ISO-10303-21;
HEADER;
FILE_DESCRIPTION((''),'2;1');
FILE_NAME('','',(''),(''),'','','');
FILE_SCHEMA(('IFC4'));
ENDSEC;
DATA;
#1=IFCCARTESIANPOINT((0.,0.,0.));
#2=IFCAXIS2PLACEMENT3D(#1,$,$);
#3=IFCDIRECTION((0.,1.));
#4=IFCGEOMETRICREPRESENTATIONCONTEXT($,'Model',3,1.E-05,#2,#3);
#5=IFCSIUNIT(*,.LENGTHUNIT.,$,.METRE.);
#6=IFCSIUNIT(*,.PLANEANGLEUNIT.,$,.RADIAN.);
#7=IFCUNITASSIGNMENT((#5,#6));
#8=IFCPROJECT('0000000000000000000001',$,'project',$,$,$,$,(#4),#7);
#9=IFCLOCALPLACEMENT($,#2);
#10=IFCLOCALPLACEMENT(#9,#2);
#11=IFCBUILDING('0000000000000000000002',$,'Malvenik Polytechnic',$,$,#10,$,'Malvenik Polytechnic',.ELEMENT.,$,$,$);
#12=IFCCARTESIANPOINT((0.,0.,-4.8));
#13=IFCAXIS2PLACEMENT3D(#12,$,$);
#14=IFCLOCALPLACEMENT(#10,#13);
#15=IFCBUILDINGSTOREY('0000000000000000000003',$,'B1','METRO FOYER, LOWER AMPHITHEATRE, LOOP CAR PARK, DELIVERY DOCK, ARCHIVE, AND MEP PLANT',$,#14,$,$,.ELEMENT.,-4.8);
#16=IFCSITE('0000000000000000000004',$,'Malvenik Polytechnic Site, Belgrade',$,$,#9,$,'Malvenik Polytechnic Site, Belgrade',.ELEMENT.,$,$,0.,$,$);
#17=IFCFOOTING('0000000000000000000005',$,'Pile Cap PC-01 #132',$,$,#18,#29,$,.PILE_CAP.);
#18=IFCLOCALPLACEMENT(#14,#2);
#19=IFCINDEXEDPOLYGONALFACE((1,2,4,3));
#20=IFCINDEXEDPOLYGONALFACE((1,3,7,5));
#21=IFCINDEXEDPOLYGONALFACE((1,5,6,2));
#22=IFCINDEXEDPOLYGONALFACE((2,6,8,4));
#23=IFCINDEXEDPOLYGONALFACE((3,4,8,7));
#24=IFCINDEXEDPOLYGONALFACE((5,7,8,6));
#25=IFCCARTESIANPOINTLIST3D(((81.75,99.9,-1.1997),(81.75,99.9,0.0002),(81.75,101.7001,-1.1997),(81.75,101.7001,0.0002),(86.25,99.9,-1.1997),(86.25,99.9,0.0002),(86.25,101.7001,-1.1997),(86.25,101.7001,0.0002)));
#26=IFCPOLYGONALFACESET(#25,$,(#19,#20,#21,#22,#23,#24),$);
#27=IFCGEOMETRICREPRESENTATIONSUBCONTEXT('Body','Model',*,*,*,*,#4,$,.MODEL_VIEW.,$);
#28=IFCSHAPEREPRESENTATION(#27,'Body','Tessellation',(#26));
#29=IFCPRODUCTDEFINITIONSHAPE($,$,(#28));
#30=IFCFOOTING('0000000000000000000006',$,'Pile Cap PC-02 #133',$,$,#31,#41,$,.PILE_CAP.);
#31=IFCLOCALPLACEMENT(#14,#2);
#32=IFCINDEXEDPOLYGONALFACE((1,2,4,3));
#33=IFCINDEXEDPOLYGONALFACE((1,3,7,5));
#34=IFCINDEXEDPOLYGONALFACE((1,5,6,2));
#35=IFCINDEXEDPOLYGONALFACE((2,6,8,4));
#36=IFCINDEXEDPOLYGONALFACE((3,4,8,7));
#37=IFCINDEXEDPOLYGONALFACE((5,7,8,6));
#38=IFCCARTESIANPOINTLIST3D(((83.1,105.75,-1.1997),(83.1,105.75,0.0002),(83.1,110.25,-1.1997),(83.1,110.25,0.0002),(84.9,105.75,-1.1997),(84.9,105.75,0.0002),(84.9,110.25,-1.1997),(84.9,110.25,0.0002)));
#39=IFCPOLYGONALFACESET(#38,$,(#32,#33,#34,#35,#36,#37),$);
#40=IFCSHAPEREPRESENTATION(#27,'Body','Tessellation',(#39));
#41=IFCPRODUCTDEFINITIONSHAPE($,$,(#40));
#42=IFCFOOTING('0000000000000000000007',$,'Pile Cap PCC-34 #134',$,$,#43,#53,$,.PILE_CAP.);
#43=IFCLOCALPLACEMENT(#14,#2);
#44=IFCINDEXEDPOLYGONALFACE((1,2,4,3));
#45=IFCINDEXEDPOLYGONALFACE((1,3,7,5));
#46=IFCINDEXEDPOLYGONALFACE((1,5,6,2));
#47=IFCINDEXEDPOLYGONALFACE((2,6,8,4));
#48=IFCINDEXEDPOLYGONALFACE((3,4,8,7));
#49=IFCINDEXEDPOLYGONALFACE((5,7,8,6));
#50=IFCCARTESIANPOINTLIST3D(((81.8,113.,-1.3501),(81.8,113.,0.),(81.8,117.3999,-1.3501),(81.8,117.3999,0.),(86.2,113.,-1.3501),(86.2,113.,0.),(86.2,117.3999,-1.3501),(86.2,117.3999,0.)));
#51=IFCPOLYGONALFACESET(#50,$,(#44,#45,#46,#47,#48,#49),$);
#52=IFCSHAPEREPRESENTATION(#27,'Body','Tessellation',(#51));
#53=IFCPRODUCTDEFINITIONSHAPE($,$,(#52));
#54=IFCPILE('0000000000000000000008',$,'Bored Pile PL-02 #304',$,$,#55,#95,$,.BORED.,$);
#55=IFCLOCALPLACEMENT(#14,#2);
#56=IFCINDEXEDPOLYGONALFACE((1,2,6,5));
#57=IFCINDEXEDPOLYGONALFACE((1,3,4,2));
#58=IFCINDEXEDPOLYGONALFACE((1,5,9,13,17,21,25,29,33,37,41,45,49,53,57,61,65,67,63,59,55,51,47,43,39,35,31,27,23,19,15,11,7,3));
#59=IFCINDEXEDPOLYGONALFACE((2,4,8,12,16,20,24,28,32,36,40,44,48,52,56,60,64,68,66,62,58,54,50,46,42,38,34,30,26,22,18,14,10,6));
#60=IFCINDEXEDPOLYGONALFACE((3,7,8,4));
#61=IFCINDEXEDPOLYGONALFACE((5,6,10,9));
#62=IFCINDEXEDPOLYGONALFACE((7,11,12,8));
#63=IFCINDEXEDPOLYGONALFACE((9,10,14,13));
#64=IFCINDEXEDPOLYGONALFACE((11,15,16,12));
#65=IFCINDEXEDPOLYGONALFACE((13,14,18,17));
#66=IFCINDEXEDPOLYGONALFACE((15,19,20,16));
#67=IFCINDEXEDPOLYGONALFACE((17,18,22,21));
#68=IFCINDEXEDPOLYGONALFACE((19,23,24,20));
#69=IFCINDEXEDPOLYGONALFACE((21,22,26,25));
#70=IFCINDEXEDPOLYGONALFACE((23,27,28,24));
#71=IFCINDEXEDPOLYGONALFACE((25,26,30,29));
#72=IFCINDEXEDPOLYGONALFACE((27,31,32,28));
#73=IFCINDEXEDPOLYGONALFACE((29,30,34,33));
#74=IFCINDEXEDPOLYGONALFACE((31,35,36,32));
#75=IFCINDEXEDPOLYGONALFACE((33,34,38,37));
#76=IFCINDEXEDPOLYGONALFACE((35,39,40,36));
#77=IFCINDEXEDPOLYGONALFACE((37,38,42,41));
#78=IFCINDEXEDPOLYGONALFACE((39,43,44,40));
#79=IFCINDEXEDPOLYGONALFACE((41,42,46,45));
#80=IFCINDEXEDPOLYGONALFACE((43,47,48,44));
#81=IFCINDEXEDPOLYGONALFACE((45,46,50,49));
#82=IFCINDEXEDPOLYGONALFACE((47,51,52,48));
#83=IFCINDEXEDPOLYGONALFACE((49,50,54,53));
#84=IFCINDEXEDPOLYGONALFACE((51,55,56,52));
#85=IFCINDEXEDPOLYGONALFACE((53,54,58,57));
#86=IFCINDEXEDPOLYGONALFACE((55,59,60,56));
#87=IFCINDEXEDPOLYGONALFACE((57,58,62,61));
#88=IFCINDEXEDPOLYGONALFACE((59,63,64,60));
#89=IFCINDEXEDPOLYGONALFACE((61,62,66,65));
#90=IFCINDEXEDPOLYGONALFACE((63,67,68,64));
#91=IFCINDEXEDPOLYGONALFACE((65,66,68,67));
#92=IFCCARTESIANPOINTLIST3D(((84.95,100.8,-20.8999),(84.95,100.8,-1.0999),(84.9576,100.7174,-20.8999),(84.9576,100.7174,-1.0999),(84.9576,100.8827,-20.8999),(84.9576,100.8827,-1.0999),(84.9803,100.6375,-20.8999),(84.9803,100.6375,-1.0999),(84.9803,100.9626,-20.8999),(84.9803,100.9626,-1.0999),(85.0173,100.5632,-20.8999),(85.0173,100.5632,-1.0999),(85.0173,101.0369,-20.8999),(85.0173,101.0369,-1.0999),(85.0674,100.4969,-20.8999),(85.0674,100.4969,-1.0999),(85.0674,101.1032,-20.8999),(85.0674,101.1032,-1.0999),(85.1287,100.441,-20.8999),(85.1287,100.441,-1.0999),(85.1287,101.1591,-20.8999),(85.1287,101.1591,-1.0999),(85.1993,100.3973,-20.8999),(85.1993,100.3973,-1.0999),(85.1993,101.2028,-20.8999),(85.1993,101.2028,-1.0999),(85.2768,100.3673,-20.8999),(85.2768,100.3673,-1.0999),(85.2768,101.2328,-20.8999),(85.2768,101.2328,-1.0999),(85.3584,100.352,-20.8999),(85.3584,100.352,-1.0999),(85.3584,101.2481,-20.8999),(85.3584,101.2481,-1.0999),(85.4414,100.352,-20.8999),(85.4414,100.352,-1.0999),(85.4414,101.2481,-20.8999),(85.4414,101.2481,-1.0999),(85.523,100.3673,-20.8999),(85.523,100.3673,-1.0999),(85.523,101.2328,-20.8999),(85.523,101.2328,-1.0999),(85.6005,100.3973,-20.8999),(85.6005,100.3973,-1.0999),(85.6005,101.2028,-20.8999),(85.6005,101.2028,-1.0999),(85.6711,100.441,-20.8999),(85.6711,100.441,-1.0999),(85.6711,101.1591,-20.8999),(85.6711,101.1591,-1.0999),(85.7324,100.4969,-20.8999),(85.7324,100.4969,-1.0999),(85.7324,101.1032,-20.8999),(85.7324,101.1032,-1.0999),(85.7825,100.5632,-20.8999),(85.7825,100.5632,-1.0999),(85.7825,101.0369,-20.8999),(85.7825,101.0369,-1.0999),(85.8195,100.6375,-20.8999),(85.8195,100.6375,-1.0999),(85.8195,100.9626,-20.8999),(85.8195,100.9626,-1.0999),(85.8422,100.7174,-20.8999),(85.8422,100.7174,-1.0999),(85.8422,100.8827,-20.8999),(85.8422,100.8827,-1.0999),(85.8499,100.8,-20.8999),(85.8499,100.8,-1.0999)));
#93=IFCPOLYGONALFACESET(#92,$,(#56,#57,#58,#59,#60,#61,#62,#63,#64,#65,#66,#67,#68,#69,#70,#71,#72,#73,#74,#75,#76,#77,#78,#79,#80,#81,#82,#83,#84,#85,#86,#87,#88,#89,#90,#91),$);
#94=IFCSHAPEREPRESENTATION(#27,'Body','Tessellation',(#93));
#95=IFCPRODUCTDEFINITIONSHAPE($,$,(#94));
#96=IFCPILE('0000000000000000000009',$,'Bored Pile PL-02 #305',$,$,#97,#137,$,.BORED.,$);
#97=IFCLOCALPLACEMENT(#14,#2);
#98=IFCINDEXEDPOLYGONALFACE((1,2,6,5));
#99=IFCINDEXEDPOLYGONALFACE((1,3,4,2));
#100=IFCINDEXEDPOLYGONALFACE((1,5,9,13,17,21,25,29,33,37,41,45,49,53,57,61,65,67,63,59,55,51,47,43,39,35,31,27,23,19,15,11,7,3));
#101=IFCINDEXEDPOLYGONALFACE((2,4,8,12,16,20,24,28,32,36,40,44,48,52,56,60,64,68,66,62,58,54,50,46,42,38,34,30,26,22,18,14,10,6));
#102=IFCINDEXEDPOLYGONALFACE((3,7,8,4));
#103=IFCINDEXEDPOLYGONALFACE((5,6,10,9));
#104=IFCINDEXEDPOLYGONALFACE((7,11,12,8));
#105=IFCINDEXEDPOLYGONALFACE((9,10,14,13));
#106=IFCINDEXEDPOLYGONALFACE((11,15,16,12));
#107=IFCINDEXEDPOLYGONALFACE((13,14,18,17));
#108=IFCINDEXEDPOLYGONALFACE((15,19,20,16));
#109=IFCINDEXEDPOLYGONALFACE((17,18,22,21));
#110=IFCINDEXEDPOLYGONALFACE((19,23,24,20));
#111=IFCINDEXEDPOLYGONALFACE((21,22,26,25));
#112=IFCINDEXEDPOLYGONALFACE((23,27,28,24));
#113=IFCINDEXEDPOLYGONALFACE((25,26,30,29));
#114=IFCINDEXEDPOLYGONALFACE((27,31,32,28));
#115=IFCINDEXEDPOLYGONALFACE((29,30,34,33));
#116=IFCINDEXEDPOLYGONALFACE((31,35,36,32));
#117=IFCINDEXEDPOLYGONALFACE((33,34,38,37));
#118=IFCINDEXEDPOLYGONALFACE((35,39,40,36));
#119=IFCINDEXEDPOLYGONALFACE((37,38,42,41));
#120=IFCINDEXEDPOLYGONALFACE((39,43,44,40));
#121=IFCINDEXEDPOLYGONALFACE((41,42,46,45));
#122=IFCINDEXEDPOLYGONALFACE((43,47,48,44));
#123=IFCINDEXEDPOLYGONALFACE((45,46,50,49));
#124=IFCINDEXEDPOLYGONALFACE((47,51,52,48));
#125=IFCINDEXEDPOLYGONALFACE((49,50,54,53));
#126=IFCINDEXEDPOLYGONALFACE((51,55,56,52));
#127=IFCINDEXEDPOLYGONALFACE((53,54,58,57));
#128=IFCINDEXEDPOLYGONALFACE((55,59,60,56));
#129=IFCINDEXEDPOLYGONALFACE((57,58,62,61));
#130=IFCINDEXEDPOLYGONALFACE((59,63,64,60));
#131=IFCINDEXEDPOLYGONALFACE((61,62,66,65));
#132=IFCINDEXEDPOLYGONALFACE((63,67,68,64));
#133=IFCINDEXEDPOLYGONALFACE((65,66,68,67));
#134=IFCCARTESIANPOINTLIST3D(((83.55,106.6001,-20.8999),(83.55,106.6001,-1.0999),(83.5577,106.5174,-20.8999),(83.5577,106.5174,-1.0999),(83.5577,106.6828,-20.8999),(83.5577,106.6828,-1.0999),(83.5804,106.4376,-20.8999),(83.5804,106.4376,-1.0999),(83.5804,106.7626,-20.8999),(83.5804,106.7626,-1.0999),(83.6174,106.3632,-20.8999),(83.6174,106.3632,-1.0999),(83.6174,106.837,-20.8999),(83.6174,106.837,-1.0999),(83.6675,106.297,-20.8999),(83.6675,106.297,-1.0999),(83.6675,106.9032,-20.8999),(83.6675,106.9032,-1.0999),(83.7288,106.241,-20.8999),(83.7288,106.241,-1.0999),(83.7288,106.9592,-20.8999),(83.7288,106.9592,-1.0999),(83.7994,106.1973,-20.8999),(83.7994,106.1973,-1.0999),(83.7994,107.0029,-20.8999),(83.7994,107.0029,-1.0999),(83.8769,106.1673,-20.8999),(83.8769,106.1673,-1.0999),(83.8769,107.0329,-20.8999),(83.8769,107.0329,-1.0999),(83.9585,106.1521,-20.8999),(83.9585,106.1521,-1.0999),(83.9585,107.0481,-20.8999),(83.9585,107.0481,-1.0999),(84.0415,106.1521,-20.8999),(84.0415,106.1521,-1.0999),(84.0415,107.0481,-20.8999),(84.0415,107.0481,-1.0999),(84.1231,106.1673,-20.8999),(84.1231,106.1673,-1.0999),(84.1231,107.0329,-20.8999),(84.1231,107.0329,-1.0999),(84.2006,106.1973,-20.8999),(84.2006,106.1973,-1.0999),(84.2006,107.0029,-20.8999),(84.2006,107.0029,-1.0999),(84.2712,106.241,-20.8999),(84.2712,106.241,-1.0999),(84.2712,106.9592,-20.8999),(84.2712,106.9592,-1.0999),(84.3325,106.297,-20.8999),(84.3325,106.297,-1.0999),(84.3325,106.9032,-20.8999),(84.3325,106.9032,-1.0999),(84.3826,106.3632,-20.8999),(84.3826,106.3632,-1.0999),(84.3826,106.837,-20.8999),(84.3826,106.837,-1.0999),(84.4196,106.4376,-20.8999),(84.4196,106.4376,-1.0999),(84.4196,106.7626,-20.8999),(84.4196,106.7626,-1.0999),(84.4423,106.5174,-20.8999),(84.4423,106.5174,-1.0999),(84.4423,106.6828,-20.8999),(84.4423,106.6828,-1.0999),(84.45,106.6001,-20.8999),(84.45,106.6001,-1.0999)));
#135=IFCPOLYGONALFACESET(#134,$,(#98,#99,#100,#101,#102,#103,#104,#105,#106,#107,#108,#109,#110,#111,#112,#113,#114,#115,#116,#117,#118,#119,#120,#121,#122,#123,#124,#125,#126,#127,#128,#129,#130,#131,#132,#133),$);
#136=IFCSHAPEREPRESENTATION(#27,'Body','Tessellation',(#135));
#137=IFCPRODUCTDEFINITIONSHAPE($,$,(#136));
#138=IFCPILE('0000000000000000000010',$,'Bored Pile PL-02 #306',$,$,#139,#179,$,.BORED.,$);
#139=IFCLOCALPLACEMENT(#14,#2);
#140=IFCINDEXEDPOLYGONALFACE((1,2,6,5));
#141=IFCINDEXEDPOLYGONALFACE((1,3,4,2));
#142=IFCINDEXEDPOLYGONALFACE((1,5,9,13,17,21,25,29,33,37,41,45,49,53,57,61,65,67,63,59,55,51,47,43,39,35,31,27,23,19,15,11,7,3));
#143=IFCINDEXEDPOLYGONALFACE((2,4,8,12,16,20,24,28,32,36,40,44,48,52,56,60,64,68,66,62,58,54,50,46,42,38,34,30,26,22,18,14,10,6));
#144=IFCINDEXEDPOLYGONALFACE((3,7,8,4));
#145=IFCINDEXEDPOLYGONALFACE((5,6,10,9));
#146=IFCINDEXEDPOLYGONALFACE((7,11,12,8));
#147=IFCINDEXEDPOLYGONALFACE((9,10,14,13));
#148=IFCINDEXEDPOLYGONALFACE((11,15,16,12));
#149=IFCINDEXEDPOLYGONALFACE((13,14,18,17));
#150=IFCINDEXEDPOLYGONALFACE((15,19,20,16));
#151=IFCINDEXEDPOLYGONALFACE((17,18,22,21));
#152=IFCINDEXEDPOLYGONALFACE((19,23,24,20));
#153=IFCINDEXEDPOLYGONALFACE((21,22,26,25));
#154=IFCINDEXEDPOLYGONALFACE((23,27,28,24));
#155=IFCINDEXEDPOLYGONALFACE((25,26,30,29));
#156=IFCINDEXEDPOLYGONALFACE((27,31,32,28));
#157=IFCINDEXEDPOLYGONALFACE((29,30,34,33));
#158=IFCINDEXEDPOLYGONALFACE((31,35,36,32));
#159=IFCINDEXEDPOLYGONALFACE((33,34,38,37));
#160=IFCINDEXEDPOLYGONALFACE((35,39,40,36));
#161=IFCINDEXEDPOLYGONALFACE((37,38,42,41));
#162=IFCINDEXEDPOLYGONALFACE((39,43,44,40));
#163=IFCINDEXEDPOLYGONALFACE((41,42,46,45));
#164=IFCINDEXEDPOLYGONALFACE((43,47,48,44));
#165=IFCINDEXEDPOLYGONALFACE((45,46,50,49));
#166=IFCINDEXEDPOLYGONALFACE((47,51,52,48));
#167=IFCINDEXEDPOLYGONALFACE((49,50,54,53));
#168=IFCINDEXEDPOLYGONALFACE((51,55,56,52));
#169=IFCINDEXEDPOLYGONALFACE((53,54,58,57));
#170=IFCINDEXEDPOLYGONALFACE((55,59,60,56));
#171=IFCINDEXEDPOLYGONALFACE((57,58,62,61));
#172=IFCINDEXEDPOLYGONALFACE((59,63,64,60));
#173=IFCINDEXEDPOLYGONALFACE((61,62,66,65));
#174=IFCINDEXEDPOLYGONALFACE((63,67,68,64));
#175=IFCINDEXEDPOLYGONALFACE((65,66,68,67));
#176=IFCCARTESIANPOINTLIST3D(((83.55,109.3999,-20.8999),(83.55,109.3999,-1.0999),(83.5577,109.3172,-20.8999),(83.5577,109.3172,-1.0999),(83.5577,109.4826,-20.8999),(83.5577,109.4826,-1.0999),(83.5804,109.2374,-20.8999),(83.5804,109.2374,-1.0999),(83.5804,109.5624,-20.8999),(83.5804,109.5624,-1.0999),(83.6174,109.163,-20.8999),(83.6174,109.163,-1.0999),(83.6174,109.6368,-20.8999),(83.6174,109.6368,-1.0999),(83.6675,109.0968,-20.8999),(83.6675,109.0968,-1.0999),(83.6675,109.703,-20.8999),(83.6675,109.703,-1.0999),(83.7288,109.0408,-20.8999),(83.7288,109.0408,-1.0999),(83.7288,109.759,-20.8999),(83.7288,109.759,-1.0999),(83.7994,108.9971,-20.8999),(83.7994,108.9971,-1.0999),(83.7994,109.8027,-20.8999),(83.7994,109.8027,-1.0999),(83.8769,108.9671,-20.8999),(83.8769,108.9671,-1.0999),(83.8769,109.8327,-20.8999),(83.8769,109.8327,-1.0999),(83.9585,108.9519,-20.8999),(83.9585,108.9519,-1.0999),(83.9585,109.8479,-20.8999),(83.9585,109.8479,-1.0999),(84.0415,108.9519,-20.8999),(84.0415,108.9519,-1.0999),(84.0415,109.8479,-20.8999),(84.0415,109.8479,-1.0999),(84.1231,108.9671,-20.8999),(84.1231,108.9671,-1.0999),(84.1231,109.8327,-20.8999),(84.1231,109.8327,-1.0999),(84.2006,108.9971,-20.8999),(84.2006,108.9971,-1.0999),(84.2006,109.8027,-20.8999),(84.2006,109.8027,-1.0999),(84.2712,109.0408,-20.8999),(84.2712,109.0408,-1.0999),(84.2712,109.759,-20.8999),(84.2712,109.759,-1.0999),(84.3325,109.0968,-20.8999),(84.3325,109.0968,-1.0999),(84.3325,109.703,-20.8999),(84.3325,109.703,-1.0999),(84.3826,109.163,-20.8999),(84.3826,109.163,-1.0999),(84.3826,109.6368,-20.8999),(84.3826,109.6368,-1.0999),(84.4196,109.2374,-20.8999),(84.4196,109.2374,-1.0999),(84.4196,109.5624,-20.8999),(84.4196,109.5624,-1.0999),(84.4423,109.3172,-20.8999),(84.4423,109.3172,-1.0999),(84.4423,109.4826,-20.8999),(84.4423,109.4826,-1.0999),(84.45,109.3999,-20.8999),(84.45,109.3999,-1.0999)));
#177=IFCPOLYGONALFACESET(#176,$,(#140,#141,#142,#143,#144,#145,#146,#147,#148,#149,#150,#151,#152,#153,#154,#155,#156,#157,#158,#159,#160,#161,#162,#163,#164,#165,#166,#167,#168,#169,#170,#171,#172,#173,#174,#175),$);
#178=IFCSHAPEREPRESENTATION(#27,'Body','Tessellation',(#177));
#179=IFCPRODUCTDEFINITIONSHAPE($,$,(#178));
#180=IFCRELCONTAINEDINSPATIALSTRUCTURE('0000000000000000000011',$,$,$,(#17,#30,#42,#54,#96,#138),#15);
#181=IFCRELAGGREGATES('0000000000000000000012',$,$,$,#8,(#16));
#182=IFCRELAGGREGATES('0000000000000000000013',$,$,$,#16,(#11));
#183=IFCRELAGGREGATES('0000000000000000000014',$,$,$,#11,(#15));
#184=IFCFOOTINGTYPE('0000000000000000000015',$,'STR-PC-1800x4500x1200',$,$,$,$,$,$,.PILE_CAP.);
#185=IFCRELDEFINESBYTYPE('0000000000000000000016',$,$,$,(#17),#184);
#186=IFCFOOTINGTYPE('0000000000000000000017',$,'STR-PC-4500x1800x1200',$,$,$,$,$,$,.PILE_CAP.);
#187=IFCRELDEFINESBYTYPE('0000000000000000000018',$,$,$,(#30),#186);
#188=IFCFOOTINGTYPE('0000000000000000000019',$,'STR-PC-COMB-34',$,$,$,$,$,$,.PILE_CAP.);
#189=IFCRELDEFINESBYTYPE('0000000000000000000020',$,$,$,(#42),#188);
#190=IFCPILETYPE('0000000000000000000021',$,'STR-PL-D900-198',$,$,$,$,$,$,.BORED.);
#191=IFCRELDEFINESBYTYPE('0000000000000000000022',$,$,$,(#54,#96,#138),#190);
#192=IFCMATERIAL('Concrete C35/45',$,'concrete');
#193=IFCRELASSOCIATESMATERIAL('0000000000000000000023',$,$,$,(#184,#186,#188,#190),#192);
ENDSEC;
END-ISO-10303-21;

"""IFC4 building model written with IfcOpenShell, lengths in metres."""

from ifc_helpers import new_model, si_unit, direction, frame, origin, origin_2d, place, context, subcontext, project, spatial, rectangle, circle, extrude, material, material_profile, profile_set, type_object, element, save


model = new_model("IFC4")

# Units and contexts
model_context = context("Model", 3, precision=1e-05, world=origin(), true_north=direction((0.0, 1.0)))
body_context = subcontext(model_context, "Body", "Model", "MODEL_VIEW")
ifc_project = project(units=[si_unit("LENGTHUNIT", "METRE"), si_unit("PLANEANGLEUNIT", "RADIAN")], contexts=[model_context])

# Site, building, storey
site_placement = place(None, origin())
site = spatial("IfcSite", under=ifc_project, at=site_placement, Name="Malvenik Polytechnic Site, Belgrade", LongName="Malvenik Polytechnic Site, Belgrade", CompositionType="ELEMENT", RefElevation=0.0)
building_placement = place(site_placement, origin())
building = spatial("IfcBuilding", under=site, at=building_placement, Name="Malvenik Polytechnic", LongName="Malvenik Polytechnic", CompositionType="ELEMENT")
storey_placement = place(building_placement, frame((0.0, 0.0, -4.8)))
storey = spatial("IfcBuildingStorey", under=building, at=storey_placement, Name="B1", Description="METRO FOYER, LOWER AMPHITHEATRE, LOOP CAR PARK, DELIVERY DOCK, ARCHIVE, AND MEP PLANT", CompositionType="ELEMENT", Elevation=-4.8)

# Footings
ifc_material_1 = material(Name="Concrete C35/45", Category="concrete")
footing_type_1 = type_object("IfcFootingType", Name="STR-PC-1800x4500x1200", PredefinedType="PILE_CAP", material=ifc_material_1)
footing_1_placement = place(storey_placement, frame((84.0, 100.8, -1.1997), z_axis=(0.0, 0.0, 1.0), x_axis=(1.0, 0.0, 0.0)))
element("IfcFooting", 1, at=footing_1_placement, inside=storey, type_object=footing_type_1, Name="Pile Cap PC-01 #132", PredefinedType="PILE_CAP", context=body_context, shape_type="SweptSolid", body=[
    extrude(rectangle(XDim=4.5, YDim=1.8, at=origin_2d()), origin(), (0.0, 0.0, 1.0), 1.2),
])
footing_type_2 = type_object("IfcFootingType", Name="STR-PC-4500x1800x1200", PredefinedType="PILE_CAP", material=ifc_material_1)
footing_2_placement = place(storey_placement, frame((84.0, 108.0, -1.1997), z_axis=(0.0, 0.0, 1.0), x_axis=(1.0, 0.0, 0.0)))
element("IfcFooting", 2, at=footing_2_placement, inside=storey, type_object=footing_type_2, Name="Pile Cap PC-02 #133", PredefinedType="PILE_CAP", context=body_context, shape_type="SweptSolid", body=[
    extrude(rectangle(XDim=1.8, YDim=4.5, at=origin_2d()), origin(), (0.0, 0.0, 1.0), 1.2),
])
footing_type_3 = type_object("IfcFootingType", Name="STR-PC-COMB-34", PredefinedType="PILE_CAP", material=ifc_material_1)
footing_3_placement = place(storey_placement, frame((84.0, 115.2, -1.3501), z_axis=(0.0, 0.0, 1.0), x_axis=(1.0, 0.0, 0.0)))
element("IfcFooting", 3, at=footing_3_placement, inside=storey, type_object=footing_type_3, Name="Pile Cap PCC-34 #134", PredefinedType="PILE_CAP", context=body_context, shape_type="SweptSolid", body=[
    extrude(rectangle(XDim=4.3999, YDim=4.3999, at=origin_2d()), origin(), (0.0, 0.0, 1.0), 1.3501),
])

# Piles
ifc_material_profile_1 = material_profile(ifc_material_1, circle(Radius=0.45, at=origin_2d()), Name="BORED PILE D900")
ifc_profile_set_1 = profile_set([ifc_material_profile_1], Name="Concrete C35/45")
pile_type_1 = type_object("IfcPileType", Name="STR-PL-D900-198", PredefinedType="BORED", material=ifc_profile_set_1)
for number, where, z_axis, x_axis, name in (
    (4, (85.3999, 100.8, -1.0999), (0.0, 0.0, -1.0), (1.0, 0.0, 0.0), "Bored Pile PL-02 #304"),
    (5, (84.0, 106.6001, -1.0999), (0.0, 0.0, -1.0), (1.0, 0.0, 0.0), "Bored Pile PL-02 #305"),
    (6, (84.0, 109.3999, -1.0999), (0.0, 0.0, -1.0), (1.0, 0.0, 0.0), "Bored Pile PL-02 #306"),
):
    element("IfcPile", number, at=place(storey_placement, frame(where, z_axis=z_axis, x_axis=x_axis)), inside=storey, type_object=pile_type_1, Name=name, PredefinedType="BORED", context=body_context, shape_type="SweptSolid", body=[
        extrude(circle(Radius=0.45, at=origin_2d()), origin(), (0.0, 0.0, 1.0), 19.8),
    ])

save(model, "model.ifc")
